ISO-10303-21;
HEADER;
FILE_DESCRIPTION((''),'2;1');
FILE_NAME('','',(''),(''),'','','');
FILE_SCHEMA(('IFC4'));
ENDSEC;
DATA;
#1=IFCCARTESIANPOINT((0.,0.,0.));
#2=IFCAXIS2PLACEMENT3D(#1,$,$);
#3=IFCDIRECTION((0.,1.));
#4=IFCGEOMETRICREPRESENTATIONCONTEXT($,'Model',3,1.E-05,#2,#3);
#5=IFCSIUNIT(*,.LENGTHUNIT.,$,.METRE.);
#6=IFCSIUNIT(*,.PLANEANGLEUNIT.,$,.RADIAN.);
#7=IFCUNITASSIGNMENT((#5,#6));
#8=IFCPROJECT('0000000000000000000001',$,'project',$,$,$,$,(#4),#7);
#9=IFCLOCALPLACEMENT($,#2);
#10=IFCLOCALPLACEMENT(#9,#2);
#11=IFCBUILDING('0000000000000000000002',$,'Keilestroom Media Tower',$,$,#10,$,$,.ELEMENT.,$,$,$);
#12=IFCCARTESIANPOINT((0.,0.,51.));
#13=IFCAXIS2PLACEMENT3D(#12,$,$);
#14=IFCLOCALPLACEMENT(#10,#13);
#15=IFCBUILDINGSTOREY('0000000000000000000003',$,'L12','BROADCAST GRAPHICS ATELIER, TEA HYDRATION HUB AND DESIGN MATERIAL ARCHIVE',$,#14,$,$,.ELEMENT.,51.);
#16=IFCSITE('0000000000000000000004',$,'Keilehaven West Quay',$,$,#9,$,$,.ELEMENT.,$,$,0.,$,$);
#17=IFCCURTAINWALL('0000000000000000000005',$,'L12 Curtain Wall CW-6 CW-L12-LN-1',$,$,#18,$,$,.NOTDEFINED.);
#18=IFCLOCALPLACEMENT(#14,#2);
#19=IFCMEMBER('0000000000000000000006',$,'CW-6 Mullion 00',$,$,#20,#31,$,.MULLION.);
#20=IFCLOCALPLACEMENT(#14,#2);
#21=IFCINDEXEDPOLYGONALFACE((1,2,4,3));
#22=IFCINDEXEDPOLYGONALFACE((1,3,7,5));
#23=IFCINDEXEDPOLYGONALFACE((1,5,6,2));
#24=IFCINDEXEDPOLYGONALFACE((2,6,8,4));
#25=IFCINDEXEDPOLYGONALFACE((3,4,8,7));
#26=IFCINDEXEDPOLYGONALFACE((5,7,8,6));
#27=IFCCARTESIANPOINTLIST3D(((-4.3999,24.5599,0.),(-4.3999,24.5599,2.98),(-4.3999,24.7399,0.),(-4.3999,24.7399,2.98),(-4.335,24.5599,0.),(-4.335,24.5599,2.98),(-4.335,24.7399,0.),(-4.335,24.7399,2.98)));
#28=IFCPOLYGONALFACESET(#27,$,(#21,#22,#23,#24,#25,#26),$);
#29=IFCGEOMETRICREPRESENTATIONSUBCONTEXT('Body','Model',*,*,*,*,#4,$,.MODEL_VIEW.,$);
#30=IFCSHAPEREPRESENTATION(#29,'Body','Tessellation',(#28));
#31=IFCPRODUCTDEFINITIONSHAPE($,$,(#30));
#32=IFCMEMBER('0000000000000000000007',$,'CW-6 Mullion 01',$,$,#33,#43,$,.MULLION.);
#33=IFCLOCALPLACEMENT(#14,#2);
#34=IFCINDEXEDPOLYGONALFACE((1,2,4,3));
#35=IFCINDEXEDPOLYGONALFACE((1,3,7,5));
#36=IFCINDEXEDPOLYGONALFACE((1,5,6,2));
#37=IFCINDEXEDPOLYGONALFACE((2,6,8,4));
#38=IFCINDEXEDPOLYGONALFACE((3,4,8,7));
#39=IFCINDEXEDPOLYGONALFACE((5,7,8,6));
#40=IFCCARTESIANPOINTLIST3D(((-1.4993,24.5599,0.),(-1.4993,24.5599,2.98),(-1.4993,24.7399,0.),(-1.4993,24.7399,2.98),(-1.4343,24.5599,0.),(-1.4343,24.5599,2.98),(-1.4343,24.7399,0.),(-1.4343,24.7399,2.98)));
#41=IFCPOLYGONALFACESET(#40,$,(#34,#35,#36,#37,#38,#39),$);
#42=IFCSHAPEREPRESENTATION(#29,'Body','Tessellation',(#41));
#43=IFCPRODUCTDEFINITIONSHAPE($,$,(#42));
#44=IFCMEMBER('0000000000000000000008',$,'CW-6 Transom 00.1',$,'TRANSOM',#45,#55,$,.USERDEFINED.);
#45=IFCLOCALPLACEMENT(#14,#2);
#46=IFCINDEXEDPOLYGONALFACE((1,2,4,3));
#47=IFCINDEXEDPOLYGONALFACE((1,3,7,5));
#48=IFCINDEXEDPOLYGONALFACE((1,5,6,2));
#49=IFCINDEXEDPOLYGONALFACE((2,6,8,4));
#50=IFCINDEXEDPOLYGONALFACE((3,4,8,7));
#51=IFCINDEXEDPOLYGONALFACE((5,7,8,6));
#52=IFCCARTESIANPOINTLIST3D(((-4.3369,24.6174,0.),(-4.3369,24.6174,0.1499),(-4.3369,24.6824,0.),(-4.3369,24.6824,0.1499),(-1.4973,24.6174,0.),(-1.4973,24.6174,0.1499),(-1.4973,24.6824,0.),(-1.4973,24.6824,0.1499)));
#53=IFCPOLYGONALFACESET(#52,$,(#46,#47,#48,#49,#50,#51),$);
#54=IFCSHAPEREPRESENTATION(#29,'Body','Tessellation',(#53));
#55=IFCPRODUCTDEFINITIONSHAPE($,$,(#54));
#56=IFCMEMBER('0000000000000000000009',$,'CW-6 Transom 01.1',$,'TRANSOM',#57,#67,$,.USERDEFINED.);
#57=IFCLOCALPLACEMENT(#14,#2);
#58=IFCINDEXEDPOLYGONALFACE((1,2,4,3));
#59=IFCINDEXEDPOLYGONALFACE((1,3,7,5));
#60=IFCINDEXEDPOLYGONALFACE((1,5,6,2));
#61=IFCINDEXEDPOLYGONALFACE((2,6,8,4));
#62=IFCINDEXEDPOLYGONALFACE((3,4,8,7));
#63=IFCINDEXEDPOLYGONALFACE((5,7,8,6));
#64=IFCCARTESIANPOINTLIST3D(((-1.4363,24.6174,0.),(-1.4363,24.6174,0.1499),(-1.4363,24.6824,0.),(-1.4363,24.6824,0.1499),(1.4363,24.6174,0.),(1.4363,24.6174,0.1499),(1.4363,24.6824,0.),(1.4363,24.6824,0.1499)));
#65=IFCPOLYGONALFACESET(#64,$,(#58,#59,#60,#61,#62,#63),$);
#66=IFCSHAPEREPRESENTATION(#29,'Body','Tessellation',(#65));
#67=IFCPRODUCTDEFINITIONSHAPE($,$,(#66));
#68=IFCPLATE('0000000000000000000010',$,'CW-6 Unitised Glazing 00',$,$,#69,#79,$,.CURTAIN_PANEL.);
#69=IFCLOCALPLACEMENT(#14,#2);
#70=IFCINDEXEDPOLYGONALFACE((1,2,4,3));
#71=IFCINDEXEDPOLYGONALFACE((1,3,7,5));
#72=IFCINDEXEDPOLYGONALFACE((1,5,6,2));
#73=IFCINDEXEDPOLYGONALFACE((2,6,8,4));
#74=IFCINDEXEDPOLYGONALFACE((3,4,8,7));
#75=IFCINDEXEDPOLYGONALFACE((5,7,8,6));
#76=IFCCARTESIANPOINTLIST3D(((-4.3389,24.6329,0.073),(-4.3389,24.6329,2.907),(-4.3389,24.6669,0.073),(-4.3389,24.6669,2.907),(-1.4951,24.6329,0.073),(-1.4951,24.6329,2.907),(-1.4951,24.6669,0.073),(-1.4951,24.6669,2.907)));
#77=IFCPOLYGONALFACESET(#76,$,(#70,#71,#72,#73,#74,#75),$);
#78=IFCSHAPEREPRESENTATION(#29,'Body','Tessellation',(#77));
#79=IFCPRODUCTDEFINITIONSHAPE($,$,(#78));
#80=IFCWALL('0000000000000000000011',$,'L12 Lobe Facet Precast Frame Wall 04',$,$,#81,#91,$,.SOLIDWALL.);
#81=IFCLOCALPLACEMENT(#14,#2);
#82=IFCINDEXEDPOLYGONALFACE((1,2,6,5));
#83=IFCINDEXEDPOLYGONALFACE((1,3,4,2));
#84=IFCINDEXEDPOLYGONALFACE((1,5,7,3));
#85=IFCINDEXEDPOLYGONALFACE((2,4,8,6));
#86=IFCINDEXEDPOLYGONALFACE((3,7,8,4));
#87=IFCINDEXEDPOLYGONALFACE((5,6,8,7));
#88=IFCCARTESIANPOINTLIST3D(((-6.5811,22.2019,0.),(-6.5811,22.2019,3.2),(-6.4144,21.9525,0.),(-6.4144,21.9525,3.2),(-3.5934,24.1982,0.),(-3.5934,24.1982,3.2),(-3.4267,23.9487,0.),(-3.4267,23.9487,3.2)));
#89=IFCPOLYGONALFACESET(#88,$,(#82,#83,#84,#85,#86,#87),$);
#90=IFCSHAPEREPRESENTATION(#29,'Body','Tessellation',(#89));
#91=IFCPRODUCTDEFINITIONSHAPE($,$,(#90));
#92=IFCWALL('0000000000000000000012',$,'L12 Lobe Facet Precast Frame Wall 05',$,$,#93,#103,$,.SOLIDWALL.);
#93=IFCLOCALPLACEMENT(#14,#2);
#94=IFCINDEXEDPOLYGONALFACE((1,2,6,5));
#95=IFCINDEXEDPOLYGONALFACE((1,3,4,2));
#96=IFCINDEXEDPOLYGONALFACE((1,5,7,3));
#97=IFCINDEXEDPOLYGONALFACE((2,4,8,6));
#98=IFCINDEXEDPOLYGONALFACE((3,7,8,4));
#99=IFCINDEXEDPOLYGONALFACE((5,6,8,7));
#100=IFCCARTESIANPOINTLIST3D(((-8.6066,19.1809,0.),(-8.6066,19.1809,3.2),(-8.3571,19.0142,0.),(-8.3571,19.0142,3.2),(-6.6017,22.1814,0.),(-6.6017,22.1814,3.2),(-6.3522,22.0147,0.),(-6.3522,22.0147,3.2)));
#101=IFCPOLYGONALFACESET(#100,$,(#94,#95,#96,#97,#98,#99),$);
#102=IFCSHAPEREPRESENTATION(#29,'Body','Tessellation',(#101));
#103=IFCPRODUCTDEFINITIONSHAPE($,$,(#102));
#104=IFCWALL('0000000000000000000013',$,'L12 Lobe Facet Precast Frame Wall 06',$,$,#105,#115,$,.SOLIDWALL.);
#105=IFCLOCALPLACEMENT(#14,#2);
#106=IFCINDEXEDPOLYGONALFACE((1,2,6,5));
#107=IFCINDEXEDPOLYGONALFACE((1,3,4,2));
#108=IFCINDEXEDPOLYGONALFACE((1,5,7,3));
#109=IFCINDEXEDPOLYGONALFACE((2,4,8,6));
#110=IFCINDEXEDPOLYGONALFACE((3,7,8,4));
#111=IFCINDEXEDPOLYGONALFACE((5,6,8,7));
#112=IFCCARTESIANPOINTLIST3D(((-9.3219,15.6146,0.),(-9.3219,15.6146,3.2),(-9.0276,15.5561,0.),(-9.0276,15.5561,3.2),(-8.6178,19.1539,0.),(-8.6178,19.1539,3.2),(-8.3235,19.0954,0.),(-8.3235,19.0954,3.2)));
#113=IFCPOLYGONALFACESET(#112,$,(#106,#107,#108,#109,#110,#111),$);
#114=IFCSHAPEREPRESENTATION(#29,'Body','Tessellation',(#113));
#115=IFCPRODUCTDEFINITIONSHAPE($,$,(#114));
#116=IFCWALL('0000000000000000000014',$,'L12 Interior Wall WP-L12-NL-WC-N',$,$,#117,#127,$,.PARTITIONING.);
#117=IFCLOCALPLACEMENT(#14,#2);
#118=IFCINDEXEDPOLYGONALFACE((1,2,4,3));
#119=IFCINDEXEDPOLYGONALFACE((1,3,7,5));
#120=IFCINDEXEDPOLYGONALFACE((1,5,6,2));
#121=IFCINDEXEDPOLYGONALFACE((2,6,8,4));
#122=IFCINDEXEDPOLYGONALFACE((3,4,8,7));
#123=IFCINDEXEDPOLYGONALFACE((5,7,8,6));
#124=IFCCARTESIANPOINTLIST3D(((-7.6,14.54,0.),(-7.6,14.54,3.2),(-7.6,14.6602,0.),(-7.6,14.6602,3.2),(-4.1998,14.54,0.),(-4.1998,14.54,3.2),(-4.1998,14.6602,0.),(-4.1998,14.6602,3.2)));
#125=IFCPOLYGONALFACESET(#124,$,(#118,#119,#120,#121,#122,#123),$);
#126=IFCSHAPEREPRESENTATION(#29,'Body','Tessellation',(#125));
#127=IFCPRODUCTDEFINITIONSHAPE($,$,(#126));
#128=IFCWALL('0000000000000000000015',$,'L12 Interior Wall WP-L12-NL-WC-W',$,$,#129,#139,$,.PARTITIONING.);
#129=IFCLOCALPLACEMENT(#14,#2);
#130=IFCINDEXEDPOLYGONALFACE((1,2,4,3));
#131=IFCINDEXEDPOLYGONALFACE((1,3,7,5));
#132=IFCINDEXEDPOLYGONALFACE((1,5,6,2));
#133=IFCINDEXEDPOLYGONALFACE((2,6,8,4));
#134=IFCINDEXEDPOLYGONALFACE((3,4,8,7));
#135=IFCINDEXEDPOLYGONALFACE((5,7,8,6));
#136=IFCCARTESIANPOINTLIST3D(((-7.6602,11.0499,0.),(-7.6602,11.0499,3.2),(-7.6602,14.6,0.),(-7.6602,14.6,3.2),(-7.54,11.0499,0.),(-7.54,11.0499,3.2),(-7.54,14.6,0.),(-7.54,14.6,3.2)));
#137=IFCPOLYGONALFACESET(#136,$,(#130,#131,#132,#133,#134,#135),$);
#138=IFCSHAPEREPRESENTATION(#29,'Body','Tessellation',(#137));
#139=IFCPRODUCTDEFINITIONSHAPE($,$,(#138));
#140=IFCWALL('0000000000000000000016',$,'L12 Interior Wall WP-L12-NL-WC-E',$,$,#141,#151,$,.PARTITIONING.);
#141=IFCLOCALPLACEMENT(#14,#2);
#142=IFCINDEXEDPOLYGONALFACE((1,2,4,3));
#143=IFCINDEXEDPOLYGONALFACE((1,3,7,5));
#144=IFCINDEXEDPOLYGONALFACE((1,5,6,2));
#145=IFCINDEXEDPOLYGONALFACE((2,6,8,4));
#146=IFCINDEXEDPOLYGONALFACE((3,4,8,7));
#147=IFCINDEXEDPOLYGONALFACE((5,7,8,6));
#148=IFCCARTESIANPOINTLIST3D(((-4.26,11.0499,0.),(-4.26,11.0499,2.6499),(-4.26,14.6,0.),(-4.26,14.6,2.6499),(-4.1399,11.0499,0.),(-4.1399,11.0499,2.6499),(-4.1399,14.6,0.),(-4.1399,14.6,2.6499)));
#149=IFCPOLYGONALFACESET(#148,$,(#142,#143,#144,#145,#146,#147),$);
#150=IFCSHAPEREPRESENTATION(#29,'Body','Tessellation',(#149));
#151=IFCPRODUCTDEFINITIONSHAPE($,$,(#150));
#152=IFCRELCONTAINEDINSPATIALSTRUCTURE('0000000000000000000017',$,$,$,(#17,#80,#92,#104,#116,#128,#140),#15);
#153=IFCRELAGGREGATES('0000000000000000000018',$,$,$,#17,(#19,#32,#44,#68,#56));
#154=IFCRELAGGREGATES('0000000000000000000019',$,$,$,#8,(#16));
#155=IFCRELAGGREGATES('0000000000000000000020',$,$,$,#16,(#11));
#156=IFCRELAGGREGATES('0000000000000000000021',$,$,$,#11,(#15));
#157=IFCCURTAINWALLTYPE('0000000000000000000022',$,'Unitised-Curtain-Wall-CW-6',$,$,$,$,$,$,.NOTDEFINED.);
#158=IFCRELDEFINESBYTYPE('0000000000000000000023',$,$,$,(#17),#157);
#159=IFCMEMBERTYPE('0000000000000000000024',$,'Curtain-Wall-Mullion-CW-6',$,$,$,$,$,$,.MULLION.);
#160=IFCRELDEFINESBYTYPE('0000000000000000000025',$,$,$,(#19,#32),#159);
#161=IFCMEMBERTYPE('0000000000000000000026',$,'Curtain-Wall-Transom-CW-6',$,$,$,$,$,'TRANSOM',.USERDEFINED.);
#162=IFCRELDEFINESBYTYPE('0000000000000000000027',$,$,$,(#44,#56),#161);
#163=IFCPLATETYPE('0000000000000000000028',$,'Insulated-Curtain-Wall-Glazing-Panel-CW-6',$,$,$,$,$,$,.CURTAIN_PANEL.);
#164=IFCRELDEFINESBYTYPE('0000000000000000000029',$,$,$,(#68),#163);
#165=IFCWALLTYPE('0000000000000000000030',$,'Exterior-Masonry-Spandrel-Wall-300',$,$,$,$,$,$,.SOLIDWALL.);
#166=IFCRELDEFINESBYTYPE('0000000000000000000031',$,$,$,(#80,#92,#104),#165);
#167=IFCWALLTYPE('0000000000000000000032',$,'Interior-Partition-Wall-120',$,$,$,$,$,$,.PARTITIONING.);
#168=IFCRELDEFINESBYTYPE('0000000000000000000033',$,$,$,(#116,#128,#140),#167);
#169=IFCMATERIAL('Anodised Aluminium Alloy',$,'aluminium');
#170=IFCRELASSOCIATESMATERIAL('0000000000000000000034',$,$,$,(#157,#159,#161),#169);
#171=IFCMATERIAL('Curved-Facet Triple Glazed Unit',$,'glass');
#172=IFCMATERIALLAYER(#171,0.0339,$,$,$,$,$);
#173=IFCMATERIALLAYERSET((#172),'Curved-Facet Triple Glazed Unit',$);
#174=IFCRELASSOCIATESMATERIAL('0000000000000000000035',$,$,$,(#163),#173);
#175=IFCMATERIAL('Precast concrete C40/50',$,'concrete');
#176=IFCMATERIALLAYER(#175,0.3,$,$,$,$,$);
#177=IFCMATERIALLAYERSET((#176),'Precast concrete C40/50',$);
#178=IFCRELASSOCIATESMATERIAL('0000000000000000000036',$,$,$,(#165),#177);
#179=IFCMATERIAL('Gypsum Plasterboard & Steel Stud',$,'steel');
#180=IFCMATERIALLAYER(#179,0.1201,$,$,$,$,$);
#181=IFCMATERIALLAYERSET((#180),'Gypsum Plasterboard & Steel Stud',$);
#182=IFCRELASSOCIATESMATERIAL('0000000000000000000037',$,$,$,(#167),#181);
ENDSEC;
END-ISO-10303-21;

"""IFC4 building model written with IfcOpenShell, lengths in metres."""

from ifc_helpers import new_model, si_unit, direction, frame, frame_2d, origin, origin_2d, place, context, subcontext, project, spatial, rectangle, extrude, source, transform, mapped, material, layer, layer_set, material_profile, profile_set, type_object, element, aggregate, save


model = new_model("IFC4")

# Units and contexts
model_context = context("Model", 3, precision=1e-05, world=origin(), true_north=direction((0.0, 1.0)))
body_context = subcontext(model_context, "Body", "Model", "MODEL_VIEW")
ifc_project = project(units=[si_unit("LENGTHUNIT", "METRE"), si_unit("PLANEANGLEUNIT", "RADIAN")], contexts=[model_context])

# Site, building, storey
site_placement = place(None, origin())
site = spatial("IfcSite", under=ifc_project, at=site_placement, Name="Keilehaven West Quay", CompositionType="ELEMENT", RefElevation=0.0)
building_placement = place(site_placement, origin())
building = spatial("IfcBuilding", under=site, at=building_placement, Name="Keilestroom Media Tower", CompositionType="ELEMENT")
storey_placement = place(building_placement, frame((0.0, 0.0, 51.0)))
storey = spatial("IfcBuildingStorey", under=building, at=storey_placement, Name="L12", Description="BROADCAST GRAPHICS ATELIER, TEA HYDRATION HUB AND DESIGN MATERIAL ARCHIVE", CompositionType="ELEMENT", Elevation=51.0)

# Curtain wall, members, plate
ifc_material_1 = material(Name="Anodised Aluminium Alloy", Category="aluminium")
curtain_wall_type = type_object("IfcCurtainWallType", Name="Unitised-Curtain-Wall-CW-6", PredefinedType="NOTDEFINED", material=ifc_material_1)
curtain_wall_placement = place(storey_placement, origin())
curtain_wall = element("IfcCurtainWall", 1, at=curtain_wall_placement, inside=storey, type_object=curtain_wall_type, Name="L12 Curtain Wall CW-6 CW-L12-LN-1", PredefinedType="NOTDEFINED")
ifc_material_profile_1 = material_profile(ifc_material_1, rectangle(XDim=0.0649, YDim=0.1799, at=origin_2d()), Name="ALU MULLION 65x180")
ifc_profile_set_1 = profile_set([ifc_material_profile_1], Name="Anodised Aluminium Alloy")
member_type_1 = type_object("IfcMemberType", Name="Curtain-Wall-Mullion-CW-6", PredefinedType="MULLION", material=ifc_profile_set_1)
shared_shape_1 = source(origin(), body_context, "Body", "SweptSolid", [
    extrude(rectangle(XDim=0.0649, YDim=0.1799, at=origin_2d()), origin(), (0.0, 0.0, 1.0), 2.98),
])
member_1_placement = place(storey_placement, frame((-4.3674, 24.6499, 0.0), z_axis=(0.0, 0.0, 1.0), x_axis=(1.0, 0.0, 0.0)))
member_1 = element("IfcMember", 2, at=member_1_placement, type_object=member_type_1, Name="CW-6 Mullion 00", PredefinedType="MULLION", context=body_context, shape_type="MappedRepresentation", body=[
    mapped(shared_shape_1, transform((0.0, 0.0, 0.0), x_axis=(1.0, 0.0, 0.0), y_axis=(0.0, 1.0, 0.0), z_axis=(0.0, 0.0, 1.0), scale=1.0)),
])
member_2_placement = place(storey_placement, frame((-1.4668, 24.6499, 0.0), z_axis=(0.0, 0.0, 1.0), x_axis=(1.0, 0.0, 0.0)))
member_2 = element("IfcMember", 3, at=member_2_placement, type_object=member_type_1, Name="CW-6 Mullion 01", PredefinedType="MULLION", context=body_context, shape_type="MappedRepresentation", body=[
    mapped(shared_shape_1, transform((0.0, 0.0, 0.0), x_axis=(1.0, 0.0, 0.0), y_axis=(0.0, 1.0, 0.0), z_axis=(0.0, 0.0, 1.0), scale=1.0)),
])
ifc_material_profile_2 = material_profile(ifc_material_1, rectangle(XDim=0.0649, YDim=0.1499, at=origin_2d()), Name="ALU TRANSOM 65x150")
ifc_profile_set_2 = profile_set([ifc_material_profile_2], Name="Anodised Aluminium Alloy")
member_type_2 = type_object("IfcMemberType", Name="Curtain-Wall-Transom-CW-6", ElementType="TRANSOM", PredefinedType="USERDEFINED", material=ifc_profile_set_2)
shared_shape_2 = source(origin(), body_context, "Body", "SweptSolid", [
    extrude(rectangle(XDim=0.0649, YDim=0.1499, at=origin_2d()), origin(), (0.0, 0.0, 1.0), 2.8396),
])
member_3_placement = place(storey_placement, frame((-4.3369, 24.6499, 0.075), z_axis=(1.0, 0.0, 0.0), x_axis=(0.0, 1.0, 0.0)))
member_3 = element("IfcMember", 4, at=member_3_placement, type_object=member_type_2, Name="CW-6 Transom 00.1", ObjectType="TRANSOM", PredefinedType="USERDEFINED", context=body_context, shape_type="MappedRepresentation", body=[
    mapped(shared_shape_2, transform((0.0, 0.0, 0.0), x_axis=(1.0, 0.0, 0.0), y_axis=(0.0, 1.0, 0.0), z_axis=(0.0, 0.0, 1.0), scale=1.0)),
])
shared_shape_3 = source(origin(), body_context, "Body", "SweptSolid", [
    extrude(rectangle(XDim=0.0649, YDim=0.1499, at=origin_2d()), origin(), (0.0, 0.0, 1.0), 2.8726),
])
member_4_placement = place(storey_placement, frame((-1.4363, 24.6499, 0.075), z_axis=(1.0, 0.0, 0.0), x_axis=(0.0, 1.0, 0.0)))
member_4 = element("IfcMember", 5, at=member_4_placement, type_object=member_type_2, Name="CW-6 Transom 01.1", ObjectType="TRANSOM", PredefinedType="USERDEFINED", context=body_context, shape_type="MappedRepresentation", body=[
    mapped(shared_shape_3, transform((0.0, 0.0, 0.0), x_axis=(1.0, 0.0, 0.0), y_axis=(0.0, 1.0, 0.0), z_axis=(0.0, 0.0, 1.0), scale=1.0)),
])
ifc_material_2 = material(Name="Curved-Facet Triple Glazed Unit", Category="glass")
ifc_layer_1 = layer(ifc_material_2, 0.0339)
ifc_layer_set_1 = layer_set([ifc_layer_1], Name="Curved-Facet Triple Glazed Unit")
plate_type = type_object("IfcPlateType", Name="Insulated-Curtain-Wall-Glazing-Panel-CW-6", PredefinedType="CURTAIN_PANEL", material=ifc_layer_set_1)
shared_shape_4 = source(origin(), body_context, "Body", "SweptSolid", [
    extrude(rectangle(XDim=2.8438, YDim=0.0339, at=origin_2d()), origin(), (0.0, 0.0, 1.0), 2.834),
])
plate_placement = place(storey_placement, frame((-2.917, 24.6499, 0.073), z_axis=(0.0, 0.0, 1.0), x_axis=(1.0, 0.0, 0.0)))
plate = element("IfcPlate", 6, at=plate_placement, type_object=plate_type, Name="CW-6 Unitised Glazing 00", PredefinedType="CURTAIN_PANEL", context=body_context, shape_type="MappedRepresentation", body=[
    mapped(shared_shape_4, transform((0.0, 0.0, 0.0), x_axis=(1.0, 0.0, 0.0), y_axis=(0.0, 1.0, 0.0), z_axis=(0.0, 0.0, 1.0), scale=1.0)),
])
aggregate(curtain_wall, [member_1, member_2, member_3, plate, member_4])

# Walls
ifc_material_3 = material(Name="Precast concrete C40/50", Category="concrete")
ifc_layer_2 = layer(ifc_material_3, 0.3)
ifc_layer_set_2 = layer_set([ifc_layer_2], Name="Precast concrete C40/50")
wall_type_1 = type_object("IfcWallType", Name="Exterior-Masonry-Spandrel-Wall-300", PredefinedType="SOLIDWALL", material=ifc_layer_set_2)
wall_1_placement = place(storey_placement, frame((-3.51, 24.0735, 0.0), z_axis=(0.0, 0.0, 1.0), x_axis=(-0.831475, -0.555562, 0.0)))
element("IfcWall", 7, at=wall_1_placement, inside=storey, type_object=wall_type_1, Name="L12 Lobe Facet Precast Frame Wall 04", PredefinedType="SOLIDWALL", context=body_context, shape_type="SweptSolid", body=[
    extrude(rectangle(XDim=3.5933, YDim=0.3, at=frame_2d((1.7966, 0.0))), origin(), (0.0, 0.0, 1.0), 3.2),
])
for number, where, z_axis, x_axis, name in (
    (8, (-6.4771, 22.0979, 0.0), (0.0, 0.0, 1.0), (-0.555574, -0.831467, 0.0), "L12 Lobe Facet Precast Frame Wall 05"),
    (9, (-8.4707, 19.1245, 0.0), (0.0, 0.0, 1.0), (-0.195114, -0.980781, 0.0), "L12 Lobe Facet Precast Frame Wall 06"),
):
    element("IfcWall", number, at=place(storey_placement, frame(where, z_axis=z_axis, x_axis=x_axis)), inside=storey, type_object=wall_type_1, Name=name, PredefinedType="SOLIDWALL", context=body_context, shape_type="SweptSolid", body=[
        extrude(rectangle(XDim=3.6086, YDim=0.3, at=frame_2d((1.8042, 0.0))), origin(), (0.0, 0.0, 1.0), 3.2),
    ])
ifc_material_4 = material(Name="Gypsum Plasterboard & Steel Stud", Category="steel")
ifc_layer_3 = layer(ifc_material_4, 0.1201)
ifc_layer_set_3 = layer_set([ifc_layer_3], Name="Gypsum Plasterboard & Steel Stud")
wall_type_2 = type_object("IfcWallType", Name="Interior-Partition-Wall-120", PredefinedType="PARTITIONING", material=ifc_layer_set_3)
wall_2_placement = place(storey_placement, frame((-7.6001, 14.6001, 0.0), z_axis=(0.0, 0.0, 1.0), x_axis=(1.0, 0.0, 0.0)))
element("IfcWall", 10, at=wall_2_placement, inside=storey, type_object=wall_type_2, Name="L12 Interior Wall WP-L12-NL-WC-N", PredefinedType="PARTITIONING", context=body_context, shape_type="SweptSolid", body=[
    extrude(rectangle(XDim=3.4001, YDim=0.1201, at=frame_2d((1.7002, 0.0))), origin(), (0.0, 0.0, 1.0), 3.2),
])
wall_3_placement = place(storey_placement, frame((-7.6001, 11.05, 0.0), z_axis=(0.0, 0.0, 1.0), x_axis=(0.0, 1.0, 0.0)))
element("IfcWall", 11, at=wall_3_placement, inside=storey, type_object=wall_type_2, Name="L12 Interior Wall WP-L12-NL-WC-W", PredefinedType="PARTITIONING", context=body_context, shape_type="SweptSolid", body=[
    extrude(rectangle(XDim=3.55, YDim=0.1201, at=frame_2d((1.7749, 0.0))), origin(), (0.0, 0.0, 1.0), 3.2),
])
wall_4_placement = place(storey_placement, frame((-4.2, 11.05, 0.0), z_axis=(0.0, 0.0, 1.0), x_axis=(0.0, 1.0, 0.0)))
element("IfcWall", 12, at=wall_4_placement, inside=storey, type_object=wall_type_2, Name="L12 Interior Wall WP-L12-NL-WC-E", PredefinedType="PARTITIONING", context=body_context, shape_type="SweptSolid", body=[
    extrude(rectangle(XDim=3.55, YDim=0.1201, at=frame_2d((1.7749, 0.0))), origin(), (0.0, 0.0, 1.0), 2.6499),
])

save(model, "model.ifc")
